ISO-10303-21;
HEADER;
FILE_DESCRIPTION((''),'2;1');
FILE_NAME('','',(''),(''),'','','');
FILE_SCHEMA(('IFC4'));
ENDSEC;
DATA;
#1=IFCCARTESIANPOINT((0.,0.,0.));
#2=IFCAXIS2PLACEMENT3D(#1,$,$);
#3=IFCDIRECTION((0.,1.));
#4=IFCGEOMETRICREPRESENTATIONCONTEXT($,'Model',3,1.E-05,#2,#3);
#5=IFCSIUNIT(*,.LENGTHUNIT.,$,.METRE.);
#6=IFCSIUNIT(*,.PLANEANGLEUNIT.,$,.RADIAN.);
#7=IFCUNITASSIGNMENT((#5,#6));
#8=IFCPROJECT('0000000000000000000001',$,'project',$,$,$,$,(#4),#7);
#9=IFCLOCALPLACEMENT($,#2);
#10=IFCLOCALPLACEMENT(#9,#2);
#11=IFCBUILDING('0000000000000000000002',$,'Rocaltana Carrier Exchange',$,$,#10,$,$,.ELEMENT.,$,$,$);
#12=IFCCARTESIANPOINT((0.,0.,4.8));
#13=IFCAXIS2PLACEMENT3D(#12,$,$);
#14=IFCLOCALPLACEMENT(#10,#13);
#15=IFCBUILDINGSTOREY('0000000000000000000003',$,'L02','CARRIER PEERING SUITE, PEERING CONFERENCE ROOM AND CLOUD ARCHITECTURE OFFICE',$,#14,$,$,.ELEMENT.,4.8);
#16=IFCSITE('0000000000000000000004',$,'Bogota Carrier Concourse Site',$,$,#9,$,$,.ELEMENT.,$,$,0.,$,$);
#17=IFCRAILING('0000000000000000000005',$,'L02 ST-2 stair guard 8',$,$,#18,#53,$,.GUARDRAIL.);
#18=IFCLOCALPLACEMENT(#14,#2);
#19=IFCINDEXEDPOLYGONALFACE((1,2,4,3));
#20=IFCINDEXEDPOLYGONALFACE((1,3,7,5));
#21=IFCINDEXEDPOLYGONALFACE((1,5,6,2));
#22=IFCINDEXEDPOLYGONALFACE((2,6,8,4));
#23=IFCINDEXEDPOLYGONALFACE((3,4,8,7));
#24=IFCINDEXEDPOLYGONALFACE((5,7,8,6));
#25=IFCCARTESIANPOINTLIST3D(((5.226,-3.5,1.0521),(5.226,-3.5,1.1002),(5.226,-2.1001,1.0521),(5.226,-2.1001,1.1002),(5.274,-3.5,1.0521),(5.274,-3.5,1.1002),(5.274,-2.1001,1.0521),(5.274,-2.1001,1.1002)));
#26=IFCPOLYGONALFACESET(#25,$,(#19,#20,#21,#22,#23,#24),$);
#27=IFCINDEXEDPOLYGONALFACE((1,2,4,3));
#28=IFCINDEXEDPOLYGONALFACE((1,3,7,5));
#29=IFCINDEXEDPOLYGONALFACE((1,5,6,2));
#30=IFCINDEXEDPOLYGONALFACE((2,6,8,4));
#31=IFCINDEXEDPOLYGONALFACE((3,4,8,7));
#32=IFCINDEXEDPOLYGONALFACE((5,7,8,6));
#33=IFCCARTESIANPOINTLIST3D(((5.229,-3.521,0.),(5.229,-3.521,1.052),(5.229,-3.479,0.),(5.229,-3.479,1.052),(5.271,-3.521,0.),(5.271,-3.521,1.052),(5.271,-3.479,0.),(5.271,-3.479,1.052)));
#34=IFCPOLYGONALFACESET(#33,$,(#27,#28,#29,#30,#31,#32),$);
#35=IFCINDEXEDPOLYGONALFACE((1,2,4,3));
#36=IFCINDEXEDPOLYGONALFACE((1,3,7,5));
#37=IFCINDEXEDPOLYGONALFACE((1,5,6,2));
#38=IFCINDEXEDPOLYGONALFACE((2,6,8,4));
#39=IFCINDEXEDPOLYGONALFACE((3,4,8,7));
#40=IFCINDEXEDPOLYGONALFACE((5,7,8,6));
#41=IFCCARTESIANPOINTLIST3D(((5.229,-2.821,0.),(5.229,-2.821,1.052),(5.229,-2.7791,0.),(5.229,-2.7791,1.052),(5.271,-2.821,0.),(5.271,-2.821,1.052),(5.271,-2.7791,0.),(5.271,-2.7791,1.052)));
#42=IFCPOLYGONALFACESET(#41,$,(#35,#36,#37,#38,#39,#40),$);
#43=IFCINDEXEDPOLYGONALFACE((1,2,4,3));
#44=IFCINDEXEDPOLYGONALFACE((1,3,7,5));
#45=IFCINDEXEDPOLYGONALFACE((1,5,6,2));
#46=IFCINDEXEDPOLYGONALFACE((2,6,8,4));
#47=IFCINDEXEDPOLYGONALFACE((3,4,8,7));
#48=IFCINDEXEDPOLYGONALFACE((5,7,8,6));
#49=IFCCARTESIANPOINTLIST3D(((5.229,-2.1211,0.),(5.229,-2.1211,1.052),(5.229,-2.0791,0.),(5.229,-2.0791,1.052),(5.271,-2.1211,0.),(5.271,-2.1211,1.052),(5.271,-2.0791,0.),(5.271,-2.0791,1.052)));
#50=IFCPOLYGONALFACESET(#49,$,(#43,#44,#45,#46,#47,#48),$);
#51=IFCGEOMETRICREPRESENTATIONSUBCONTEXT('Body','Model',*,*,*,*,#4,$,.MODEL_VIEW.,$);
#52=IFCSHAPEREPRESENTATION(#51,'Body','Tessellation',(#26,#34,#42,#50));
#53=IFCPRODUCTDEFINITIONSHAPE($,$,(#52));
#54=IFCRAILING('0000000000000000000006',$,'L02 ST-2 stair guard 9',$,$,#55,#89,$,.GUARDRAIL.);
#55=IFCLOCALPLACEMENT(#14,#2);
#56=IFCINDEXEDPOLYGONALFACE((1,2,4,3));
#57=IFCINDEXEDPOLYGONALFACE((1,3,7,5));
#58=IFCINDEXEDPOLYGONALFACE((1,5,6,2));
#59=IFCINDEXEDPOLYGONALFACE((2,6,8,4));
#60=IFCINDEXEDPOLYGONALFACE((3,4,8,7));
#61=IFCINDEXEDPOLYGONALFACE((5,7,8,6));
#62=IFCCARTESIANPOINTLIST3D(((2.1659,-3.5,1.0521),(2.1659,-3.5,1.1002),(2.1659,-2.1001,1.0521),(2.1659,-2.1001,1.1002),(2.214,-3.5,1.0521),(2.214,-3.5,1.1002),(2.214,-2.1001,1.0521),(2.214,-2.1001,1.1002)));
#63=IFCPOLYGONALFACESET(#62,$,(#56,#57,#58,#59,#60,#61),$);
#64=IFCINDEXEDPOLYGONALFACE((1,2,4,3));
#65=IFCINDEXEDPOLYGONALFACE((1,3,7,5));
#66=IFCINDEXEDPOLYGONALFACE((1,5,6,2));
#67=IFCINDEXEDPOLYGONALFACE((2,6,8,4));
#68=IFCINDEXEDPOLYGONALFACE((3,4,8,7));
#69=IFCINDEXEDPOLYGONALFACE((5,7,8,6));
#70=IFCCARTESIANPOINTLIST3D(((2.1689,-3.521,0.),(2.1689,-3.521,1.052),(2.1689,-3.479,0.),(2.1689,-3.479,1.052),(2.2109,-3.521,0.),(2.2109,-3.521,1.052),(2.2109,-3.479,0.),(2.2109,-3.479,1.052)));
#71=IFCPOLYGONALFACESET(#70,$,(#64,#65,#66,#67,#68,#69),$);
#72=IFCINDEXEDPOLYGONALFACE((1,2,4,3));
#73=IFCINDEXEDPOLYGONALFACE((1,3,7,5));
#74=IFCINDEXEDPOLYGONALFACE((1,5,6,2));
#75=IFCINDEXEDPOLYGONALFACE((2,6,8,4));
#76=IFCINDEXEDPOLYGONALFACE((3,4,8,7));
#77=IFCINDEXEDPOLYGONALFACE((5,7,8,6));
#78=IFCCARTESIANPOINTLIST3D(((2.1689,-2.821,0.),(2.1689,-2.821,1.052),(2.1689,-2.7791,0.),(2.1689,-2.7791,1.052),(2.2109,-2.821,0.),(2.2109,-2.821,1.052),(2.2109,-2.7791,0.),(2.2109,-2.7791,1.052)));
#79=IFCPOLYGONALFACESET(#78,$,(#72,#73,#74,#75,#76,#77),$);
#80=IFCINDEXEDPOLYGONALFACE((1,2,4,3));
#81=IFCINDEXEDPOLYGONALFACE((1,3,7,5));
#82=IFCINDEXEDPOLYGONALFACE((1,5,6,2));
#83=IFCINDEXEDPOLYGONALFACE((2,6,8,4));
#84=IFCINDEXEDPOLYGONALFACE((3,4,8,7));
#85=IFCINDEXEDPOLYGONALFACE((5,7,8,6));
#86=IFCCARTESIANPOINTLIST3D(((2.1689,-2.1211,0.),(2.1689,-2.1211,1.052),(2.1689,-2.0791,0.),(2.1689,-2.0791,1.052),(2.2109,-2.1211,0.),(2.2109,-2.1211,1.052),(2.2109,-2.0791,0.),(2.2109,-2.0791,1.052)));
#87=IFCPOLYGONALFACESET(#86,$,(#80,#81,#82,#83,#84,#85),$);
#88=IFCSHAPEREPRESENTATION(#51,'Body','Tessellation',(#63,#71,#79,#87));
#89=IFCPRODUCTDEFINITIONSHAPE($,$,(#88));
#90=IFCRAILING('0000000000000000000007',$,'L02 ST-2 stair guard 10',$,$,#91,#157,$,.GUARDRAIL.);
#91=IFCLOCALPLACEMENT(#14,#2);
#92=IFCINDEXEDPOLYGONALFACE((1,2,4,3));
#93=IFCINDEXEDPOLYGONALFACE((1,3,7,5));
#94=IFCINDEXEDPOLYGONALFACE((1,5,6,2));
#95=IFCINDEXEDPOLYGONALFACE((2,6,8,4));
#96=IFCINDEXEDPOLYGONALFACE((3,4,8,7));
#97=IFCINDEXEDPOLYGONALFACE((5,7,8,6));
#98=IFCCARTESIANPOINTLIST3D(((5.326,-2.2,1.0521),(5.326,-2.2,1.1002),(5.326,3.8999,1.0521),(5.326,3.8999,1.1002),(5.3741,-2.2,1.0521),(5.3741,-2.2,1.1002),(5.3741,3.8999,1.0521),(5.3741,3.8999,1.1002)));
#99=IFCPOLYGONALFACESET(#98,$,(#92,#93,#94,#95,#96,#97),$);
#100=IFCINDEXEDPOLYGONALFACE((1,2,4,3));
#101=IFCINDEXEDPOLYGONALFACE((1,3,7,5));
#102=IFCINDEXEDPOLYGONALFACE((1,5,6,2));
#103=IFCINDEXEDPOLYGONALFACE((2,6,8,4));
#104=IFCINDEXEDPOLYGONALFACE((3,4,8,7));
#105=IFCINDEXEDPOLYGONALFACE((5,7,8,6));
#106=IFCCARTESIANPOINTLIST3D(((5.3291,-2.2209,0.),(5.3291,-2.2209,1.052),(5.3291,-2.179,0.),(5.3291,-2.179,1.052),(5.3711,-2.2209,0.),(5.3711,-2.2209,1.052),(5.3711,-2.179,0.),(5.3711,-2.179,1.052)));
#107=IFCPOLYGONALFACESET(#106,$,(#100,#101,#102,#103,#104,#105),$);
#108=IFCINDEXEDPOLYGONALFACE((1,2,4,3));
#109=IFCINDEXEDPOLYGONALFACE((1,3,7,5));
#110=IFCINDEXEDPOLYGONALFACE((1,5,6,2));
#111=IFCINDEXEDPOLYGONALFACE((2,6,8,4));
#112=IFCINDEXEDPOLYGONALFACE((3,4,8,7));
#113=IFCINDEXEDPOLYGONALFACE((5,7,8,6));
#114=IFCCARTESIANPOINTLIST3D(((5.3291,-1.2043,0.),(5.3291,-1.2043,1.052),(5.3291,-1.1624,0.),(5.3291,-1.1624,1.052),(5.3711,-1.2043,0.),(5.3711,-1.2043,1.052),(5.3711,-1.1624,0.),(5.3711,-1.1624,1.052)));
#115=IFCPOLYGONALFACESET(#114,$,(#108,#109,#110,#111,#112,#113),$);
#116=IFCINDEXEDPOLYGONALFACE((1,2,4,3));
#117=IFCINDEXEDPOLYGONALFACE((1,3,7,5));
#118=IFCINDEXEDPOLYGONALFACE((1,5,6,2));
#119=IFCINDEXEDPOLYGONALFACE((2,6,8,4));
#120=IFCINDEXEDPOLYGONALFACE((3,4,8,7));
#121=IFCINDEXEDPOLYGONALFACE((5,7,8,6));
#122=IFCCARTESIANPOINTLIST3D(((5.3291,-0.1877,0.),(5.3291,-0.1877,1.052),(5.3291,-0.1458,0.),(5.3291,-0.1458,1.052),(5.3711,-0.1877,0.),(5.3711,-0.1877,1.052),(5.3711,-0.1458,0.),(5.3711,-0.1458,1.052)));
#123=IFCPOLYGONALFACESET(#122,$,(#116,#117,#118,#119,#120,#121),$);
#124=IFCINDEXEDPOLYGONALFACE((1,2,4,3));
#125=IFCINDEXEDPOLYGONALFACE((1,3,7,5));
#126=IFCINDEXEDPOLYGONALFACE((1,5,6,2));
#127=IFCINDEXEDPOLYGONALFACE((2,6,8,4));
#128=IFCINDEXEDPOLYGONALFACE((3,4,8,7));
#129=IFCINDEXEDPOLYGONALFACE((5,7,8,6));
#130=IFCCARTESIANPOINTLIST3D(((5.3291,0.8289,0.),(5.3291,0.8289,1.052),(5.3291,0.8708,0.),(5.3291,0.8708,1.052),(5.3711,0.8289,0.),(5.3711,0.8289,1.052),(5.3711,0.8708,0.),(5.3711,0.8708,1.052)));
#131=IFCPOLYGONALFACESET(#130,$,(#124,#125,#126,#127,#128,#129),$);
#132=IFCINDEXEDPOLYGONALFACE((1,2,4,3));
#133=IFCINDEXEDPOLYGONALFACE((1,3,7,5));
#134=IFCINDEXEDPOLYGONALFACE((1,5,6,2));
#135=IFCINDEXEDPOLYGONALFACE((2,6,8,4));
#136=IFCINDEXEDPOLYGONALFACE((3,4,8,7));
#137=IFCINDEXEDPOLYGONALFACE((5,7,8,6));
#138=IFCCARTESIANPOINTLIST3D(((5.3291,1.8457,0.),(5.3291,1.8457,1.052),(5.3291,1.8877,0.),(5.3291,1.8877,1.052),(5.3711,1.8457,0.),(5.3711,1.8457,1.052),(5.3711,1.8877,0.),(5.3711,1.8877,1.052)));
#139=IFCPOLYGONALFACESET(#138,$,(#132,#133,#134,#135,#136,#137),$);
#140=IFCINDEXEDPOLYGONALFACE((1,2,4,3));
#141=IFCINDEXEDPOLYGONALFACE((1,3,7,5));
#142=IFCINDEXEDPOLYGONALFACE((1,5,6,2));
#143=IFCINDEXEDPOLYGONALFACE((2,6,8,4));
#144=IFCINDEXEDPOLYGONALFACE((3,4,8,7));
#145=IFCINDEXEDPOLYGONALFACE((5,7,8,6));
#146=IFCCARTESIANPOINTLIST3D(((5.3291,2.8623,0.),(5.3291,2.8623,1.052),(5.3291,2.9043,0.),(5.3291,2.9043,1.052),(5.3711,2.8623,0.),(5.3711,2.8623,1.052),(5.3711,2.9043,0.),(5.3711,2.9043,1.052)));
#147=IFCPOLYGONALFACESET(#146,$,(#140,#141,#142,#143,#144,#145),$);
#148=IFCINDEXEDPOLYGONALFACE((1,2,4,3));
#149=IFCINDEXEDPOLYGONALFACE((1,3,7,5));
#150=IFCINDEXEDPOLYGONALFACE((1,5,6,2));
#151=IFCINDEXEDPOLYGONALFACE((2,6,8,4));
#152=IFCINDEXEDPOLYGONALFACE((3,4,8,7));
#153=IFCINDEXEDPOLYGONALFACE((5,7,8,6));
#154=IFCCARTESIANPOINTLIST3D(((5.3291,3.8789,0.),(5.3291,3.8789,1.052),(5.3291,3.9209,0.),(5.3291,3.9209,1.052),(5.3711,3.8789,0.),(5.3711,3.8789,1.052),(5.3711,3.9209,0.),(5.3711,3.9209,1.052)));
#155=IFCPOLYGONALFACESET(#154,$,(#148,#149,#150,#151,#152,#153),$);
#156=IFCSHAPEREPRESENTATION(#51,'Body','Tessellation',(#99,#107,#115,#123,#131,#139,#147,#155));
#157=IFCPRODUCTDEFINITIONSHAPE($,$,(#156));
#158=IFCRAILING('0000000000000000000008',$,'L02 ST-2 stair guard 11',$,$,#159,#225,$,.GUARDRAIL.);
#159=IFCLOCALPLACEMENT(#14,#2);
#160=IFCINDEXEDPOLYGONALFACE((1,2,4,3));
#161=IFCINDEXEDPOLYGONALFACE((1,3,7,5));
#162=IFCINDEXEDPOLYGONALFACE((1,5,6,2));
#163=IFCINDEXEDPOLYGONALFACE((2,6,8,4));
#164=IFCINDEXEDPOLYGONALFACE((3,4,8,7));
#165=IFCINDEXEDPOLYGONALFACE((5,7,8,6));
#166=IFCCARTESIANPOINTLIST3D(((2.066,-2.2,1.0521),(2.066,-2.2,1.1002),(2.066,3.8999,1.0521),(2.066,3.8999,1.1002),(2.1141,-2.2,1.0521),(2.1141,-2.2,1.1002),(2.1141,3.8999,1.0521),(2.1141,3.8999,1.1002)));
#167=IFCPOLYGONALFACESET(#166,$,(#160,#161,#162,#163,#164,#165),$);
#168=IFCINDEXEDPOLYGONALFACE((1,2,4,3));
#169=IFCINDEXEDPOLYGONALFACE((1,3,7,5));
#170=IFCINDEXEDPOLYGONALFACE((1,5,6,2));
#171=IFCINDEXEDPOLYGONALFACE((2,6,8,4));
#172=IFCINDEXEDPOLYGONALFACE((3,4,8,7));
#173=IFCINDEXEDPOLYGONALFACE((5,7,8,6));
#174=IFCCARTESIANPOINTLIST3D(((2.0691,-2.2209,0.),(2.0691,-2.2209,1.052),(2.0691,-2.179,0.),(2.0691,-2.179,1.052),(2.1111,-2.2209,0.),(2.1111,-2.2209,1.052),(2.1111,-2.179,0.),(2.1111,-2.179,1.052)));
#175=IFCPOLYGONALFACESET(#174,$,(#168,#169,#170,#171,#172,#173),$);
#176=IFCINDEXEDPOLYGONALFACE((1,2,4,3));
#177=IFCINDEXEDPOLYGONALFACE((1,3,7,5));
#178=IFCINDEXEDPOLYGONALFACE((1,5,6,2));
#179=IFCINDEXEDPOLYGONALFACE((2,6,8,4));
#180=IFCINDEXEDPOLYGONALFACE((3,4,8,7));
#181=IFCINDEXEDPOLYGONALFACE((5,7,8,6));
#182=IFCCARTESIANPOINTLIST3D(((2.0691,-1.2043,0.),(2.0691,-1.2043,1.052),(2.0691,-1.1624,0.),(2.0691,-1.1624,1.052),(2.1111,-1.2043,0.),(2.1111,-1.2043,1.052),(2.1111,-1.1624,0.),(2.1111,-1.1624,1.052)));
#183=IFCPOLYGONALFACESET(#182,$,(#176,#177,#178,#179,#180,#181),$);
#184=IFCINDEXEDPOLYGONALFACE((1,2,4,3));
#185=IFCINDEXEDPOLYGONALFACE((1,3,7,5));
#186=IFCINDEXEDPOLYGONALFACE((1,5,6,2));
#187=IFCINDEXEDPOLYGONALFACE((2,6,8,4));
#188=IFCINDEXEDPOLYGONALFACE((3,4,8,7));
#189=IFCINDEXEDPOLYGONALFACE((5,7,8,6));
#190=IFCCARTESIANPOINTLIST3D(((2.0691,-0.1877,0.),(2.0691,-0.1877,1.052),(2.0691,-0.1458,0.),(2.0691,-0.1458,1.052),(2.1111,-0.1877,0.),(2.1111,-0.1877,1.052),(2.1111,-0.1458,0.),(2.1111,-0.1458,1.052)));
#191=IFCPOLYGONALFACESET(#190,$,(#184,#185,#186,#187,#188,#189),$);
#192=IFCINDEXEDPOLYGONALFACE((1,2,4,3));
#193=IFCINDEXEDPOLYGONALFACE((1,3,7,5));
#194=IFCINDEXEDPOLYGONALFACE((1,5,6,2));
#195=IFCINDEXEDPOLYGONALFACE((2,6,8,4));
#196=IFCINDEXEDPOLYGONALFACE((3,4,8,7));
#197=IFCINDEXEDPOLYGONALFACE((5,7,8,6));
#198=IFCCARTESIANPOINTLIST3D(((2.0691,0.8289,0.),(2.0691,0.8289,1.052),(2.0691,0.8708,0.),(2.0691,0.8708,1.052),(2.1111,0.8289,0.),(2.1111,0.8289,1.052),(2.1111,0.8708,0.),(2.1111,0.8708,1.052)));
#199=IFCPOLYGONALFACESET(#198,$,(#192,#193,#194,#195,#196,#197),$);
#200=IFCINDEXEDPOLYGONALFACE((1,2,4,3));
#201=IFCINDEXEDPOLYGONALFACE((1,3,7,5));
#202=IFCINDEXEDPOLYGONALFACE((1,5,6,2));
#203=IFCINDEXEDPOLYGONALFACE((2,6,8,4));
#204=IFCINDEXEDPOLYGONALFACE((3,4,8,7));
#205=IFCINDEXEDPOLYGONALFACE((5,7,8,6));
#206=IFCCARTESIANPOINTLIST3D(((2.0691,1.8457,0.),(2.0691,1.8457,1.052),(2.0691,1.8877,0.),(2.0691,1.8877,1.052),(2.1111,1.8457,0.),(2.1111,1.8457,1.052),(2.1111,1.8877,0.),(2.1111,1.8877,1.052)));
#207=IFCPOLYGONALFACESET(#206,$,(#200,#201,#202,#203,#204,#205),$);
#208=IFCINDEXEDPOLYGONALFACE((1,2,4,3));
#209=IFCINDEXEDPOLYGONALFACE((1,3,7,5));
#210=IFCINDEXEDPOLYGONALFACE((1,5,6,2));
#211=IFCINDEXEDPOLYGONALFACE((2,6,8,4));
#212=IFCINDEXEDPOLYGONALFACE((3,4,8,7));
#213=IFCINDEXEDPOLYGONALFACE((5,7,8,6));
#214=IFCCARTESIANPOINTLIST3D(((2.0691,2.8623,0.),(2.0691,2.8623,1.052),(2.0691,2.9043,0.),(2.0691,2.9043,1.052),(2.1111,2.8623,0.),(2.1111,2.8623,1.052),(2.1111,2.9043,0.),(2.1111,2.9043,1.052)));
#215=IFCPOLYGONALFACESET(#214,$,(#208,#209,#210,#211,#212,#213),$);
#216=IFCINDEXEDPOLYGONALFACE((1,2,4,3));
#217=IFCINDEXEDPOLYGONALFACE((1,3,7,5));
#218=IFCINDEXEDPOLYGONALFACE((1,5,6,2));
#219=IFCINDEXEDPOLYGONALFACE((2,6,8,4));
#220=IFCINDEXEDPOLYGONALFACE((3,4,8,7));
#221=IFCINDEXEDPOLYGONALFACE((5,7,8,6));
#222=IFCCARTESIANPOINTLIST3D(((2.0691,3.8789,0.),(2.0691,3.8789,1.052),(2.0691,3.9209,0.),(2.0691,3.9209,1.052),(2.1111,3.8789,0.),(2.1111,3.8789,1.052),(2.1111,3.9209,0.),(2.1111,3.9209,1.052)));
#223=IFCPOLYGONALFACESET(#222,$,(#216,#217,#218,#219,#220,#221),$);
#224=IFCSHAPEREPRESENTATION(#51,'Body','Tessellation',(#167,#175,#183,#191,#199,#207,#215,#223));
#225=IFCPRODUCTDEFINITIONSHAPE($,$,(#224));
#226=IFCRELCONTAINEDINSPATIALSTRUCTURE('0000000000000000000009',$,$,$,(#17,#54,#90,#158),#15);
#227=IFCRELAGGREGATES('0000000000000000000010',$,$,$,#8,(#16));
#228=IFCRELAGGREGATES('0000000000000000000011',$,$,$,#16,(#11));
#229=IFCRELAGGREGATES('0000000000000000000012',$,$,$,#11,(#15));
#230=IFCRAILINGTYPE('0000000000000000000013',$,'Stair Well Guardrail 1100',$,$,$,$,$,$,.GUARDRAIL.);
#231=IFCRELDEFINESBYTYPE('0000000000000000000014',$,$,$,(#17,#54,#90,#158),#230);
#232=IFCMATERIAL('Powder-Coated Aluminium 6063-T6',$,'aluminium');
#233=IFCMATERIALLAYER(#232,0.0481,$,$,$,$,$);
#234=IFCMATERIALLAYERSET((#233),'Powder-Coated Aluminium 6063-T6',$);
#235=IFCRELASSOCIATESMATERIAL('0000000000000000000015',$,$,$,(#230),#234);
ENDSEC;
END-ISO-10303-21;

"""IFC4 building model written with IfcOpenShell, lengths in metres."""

from ifc_helpers import new_model, si_unit, direction, frame, origin, origin_2d, place, context, subcontext, project, spatial, rectangle, extrude, material, layer, layer_set, type_object, element, save


model = new_model("IFC4")

# Units and contexts
model_context = context("Model", 3, precision=1e-05, world=origin(), true_north=direction((0.0, 1.0)))
body_context = subcontext(model_context, "Body", "Model", "MODEL_VIEW")
ifc_project = project(units=[si_unit("LENGTHUNIT", "METRE"), si_unit("PLANEANGLEUNIT", "RADIAN")], contexts=[model_context])

# Site, building, storey
site_placement = place(None, origin())
site = spatial("IfcSite", under=ifc_project, at=site_placement, Name="Bogota Carrier Concourse Site", CompositionType="ELEMENT", RefElevation=0.0)
building_placement = place(site_placement, origin())
building = spatial("IfcBuilding", under=site, at=building_placement, Name="Rocaltana Carrier Exchange", CompositionType="ELEMENT")
storey_placement = place(building_placement, frame((0.0, 0.0, 4.8)))
storey = spatial("IfcBuildingStorey", under=building, at=storey_placement, Name="L02", Description="CARRIER PEERING SUITE, PEERING CONFERENCE ROOM AND CLOUD ARCHITECTURE OFFICE", CompositionType="ELEMENT", Elevation=4.8)

# Railings
ifc_material_1 = material(Name="Powder-Coated Aluminium 6063-T6", Category="aluminium")
ifc_layer_1 = layer(ifc_material_1, 0.0481)
ifc_layer_set_1 = layer_set([ifc_layer_1], Name="Powder-Coated Aluminium 6063-T6")
railing_type = type_object("IfcRailingType", Name="Stair Well Guardrail 1100", PredefinedType="GUARDRAIL", material=ifc_layer_set_1)
for number, where, name in (
    (1, (5.25, -3.5, 0.0), "L02 ST-2 stair guard 8"),
    (2, (2.1899, -3.5, 0.0), "L02 ST-2 stair guard 9"),
):
    element("IfcRailing", number, at=place(storey_placement, frame(where)), inside=storey, type_object=railing_type, Name=name, PredefinedType="GUARDRAIL", context=body_context, shape_type="SweptSolid", body=[
        extrude(rectangle(XDim=0.0481, YDim=0.0481, at=origin_2d()), frame((0.0, 0.0, 1.0762), z_axis=(0.0, 1.0, 0.0), x_axis=(-1.0, 0.0, 0.0)), (0.0, 0.0, 1.0), 1.3999),
        extrude(rectangle(XDim=0.042, YDim=0.042, at=origin_2d()), origin(), (0.0, 0.0, 1.0), 1.052),
        extrude(rectangle(XDim=0.042, YDim=0.042, at=origin_2d()), frame((0.0, 0.7, 0.0)), (0.0, 0.0, 1.0), 1.052),
        extrude(rectangle(XDim=0.042, YDim=0.042, at=origin_2d()), frame((0.0, 1.3999, 0.0)), (0.0, 0.0, 1.0), 1.052),
    ])
for number, where, name in (
    (3, (5.3501, -2.2, 0.0), "L02 ST-2 stair guard 10"),
    (4, (2.0901, -2.2, 0.0), "L02 ST-2 stair guard 11"),
):
    element("IfcRailing", number, at=place(storey_placement, frame(where)), inside=storey, type_object=railing_type, Name=name, PredefinedType="GUARDRAIL", context=body_context, shape_type="SweptSolid", body=[
        extrude(rectangle(XDim=0.0481, YDim=0.0481, at=origin_2d()), frame((0.0, 0.0, 1.0762), z_axis=(0.0, 1.0, 0.0), x_axis=(-1.0, 0.0, 0.0)), (0.0, 0.0, 1.0), 6.0999),
        extrude(rectangle(XDim=0.042, YDim=0.042, at=origin_2d()), origin(), (0.0, 0.0, 1.0), 1.052),
        extrude(rectangle(XDim=0.042, YDim=0.042, at=origin_2d()), frame((0.0, 1.0166, 0.0)), (0.0, 0.0, 1.0), 1.052),
        extrude(rectangle(XDim=0.042, YDim=0.042, at=origin_2d()), frame((0.0, 2.0332, 0.0)), (0.0, 0.0, 1.0), 1.052),
        extrude(rectangle(XDim=0.042, YDim=0.042, at=origin_2d()), frame((0.0, 3.0498, 0.0)), (0.0, 0.0, 1.0), 1.052),
        extrude(rectangle(XDim=0.042, YDim=0.042, at=origin_2d()), frame((0.0, 4.0667, 0.0)), (0.0, 0.0, 1.0), 1.052),
        extrude(rectangle(XDim=0.042, YDim=0.042, at=origin_2d()), frame((0.0, 5.0833, 0.0)), (0.0, 0.0, 1.0), 1.052),
        extrude(rectangle(XDim=0.042, YDim=0.042, at=origin_2d()), frame((0.0, 6.0999, 0.0)), (0.0, 0.0, 1.0), 1.052),
    ])

save(model, "model.ifc")
